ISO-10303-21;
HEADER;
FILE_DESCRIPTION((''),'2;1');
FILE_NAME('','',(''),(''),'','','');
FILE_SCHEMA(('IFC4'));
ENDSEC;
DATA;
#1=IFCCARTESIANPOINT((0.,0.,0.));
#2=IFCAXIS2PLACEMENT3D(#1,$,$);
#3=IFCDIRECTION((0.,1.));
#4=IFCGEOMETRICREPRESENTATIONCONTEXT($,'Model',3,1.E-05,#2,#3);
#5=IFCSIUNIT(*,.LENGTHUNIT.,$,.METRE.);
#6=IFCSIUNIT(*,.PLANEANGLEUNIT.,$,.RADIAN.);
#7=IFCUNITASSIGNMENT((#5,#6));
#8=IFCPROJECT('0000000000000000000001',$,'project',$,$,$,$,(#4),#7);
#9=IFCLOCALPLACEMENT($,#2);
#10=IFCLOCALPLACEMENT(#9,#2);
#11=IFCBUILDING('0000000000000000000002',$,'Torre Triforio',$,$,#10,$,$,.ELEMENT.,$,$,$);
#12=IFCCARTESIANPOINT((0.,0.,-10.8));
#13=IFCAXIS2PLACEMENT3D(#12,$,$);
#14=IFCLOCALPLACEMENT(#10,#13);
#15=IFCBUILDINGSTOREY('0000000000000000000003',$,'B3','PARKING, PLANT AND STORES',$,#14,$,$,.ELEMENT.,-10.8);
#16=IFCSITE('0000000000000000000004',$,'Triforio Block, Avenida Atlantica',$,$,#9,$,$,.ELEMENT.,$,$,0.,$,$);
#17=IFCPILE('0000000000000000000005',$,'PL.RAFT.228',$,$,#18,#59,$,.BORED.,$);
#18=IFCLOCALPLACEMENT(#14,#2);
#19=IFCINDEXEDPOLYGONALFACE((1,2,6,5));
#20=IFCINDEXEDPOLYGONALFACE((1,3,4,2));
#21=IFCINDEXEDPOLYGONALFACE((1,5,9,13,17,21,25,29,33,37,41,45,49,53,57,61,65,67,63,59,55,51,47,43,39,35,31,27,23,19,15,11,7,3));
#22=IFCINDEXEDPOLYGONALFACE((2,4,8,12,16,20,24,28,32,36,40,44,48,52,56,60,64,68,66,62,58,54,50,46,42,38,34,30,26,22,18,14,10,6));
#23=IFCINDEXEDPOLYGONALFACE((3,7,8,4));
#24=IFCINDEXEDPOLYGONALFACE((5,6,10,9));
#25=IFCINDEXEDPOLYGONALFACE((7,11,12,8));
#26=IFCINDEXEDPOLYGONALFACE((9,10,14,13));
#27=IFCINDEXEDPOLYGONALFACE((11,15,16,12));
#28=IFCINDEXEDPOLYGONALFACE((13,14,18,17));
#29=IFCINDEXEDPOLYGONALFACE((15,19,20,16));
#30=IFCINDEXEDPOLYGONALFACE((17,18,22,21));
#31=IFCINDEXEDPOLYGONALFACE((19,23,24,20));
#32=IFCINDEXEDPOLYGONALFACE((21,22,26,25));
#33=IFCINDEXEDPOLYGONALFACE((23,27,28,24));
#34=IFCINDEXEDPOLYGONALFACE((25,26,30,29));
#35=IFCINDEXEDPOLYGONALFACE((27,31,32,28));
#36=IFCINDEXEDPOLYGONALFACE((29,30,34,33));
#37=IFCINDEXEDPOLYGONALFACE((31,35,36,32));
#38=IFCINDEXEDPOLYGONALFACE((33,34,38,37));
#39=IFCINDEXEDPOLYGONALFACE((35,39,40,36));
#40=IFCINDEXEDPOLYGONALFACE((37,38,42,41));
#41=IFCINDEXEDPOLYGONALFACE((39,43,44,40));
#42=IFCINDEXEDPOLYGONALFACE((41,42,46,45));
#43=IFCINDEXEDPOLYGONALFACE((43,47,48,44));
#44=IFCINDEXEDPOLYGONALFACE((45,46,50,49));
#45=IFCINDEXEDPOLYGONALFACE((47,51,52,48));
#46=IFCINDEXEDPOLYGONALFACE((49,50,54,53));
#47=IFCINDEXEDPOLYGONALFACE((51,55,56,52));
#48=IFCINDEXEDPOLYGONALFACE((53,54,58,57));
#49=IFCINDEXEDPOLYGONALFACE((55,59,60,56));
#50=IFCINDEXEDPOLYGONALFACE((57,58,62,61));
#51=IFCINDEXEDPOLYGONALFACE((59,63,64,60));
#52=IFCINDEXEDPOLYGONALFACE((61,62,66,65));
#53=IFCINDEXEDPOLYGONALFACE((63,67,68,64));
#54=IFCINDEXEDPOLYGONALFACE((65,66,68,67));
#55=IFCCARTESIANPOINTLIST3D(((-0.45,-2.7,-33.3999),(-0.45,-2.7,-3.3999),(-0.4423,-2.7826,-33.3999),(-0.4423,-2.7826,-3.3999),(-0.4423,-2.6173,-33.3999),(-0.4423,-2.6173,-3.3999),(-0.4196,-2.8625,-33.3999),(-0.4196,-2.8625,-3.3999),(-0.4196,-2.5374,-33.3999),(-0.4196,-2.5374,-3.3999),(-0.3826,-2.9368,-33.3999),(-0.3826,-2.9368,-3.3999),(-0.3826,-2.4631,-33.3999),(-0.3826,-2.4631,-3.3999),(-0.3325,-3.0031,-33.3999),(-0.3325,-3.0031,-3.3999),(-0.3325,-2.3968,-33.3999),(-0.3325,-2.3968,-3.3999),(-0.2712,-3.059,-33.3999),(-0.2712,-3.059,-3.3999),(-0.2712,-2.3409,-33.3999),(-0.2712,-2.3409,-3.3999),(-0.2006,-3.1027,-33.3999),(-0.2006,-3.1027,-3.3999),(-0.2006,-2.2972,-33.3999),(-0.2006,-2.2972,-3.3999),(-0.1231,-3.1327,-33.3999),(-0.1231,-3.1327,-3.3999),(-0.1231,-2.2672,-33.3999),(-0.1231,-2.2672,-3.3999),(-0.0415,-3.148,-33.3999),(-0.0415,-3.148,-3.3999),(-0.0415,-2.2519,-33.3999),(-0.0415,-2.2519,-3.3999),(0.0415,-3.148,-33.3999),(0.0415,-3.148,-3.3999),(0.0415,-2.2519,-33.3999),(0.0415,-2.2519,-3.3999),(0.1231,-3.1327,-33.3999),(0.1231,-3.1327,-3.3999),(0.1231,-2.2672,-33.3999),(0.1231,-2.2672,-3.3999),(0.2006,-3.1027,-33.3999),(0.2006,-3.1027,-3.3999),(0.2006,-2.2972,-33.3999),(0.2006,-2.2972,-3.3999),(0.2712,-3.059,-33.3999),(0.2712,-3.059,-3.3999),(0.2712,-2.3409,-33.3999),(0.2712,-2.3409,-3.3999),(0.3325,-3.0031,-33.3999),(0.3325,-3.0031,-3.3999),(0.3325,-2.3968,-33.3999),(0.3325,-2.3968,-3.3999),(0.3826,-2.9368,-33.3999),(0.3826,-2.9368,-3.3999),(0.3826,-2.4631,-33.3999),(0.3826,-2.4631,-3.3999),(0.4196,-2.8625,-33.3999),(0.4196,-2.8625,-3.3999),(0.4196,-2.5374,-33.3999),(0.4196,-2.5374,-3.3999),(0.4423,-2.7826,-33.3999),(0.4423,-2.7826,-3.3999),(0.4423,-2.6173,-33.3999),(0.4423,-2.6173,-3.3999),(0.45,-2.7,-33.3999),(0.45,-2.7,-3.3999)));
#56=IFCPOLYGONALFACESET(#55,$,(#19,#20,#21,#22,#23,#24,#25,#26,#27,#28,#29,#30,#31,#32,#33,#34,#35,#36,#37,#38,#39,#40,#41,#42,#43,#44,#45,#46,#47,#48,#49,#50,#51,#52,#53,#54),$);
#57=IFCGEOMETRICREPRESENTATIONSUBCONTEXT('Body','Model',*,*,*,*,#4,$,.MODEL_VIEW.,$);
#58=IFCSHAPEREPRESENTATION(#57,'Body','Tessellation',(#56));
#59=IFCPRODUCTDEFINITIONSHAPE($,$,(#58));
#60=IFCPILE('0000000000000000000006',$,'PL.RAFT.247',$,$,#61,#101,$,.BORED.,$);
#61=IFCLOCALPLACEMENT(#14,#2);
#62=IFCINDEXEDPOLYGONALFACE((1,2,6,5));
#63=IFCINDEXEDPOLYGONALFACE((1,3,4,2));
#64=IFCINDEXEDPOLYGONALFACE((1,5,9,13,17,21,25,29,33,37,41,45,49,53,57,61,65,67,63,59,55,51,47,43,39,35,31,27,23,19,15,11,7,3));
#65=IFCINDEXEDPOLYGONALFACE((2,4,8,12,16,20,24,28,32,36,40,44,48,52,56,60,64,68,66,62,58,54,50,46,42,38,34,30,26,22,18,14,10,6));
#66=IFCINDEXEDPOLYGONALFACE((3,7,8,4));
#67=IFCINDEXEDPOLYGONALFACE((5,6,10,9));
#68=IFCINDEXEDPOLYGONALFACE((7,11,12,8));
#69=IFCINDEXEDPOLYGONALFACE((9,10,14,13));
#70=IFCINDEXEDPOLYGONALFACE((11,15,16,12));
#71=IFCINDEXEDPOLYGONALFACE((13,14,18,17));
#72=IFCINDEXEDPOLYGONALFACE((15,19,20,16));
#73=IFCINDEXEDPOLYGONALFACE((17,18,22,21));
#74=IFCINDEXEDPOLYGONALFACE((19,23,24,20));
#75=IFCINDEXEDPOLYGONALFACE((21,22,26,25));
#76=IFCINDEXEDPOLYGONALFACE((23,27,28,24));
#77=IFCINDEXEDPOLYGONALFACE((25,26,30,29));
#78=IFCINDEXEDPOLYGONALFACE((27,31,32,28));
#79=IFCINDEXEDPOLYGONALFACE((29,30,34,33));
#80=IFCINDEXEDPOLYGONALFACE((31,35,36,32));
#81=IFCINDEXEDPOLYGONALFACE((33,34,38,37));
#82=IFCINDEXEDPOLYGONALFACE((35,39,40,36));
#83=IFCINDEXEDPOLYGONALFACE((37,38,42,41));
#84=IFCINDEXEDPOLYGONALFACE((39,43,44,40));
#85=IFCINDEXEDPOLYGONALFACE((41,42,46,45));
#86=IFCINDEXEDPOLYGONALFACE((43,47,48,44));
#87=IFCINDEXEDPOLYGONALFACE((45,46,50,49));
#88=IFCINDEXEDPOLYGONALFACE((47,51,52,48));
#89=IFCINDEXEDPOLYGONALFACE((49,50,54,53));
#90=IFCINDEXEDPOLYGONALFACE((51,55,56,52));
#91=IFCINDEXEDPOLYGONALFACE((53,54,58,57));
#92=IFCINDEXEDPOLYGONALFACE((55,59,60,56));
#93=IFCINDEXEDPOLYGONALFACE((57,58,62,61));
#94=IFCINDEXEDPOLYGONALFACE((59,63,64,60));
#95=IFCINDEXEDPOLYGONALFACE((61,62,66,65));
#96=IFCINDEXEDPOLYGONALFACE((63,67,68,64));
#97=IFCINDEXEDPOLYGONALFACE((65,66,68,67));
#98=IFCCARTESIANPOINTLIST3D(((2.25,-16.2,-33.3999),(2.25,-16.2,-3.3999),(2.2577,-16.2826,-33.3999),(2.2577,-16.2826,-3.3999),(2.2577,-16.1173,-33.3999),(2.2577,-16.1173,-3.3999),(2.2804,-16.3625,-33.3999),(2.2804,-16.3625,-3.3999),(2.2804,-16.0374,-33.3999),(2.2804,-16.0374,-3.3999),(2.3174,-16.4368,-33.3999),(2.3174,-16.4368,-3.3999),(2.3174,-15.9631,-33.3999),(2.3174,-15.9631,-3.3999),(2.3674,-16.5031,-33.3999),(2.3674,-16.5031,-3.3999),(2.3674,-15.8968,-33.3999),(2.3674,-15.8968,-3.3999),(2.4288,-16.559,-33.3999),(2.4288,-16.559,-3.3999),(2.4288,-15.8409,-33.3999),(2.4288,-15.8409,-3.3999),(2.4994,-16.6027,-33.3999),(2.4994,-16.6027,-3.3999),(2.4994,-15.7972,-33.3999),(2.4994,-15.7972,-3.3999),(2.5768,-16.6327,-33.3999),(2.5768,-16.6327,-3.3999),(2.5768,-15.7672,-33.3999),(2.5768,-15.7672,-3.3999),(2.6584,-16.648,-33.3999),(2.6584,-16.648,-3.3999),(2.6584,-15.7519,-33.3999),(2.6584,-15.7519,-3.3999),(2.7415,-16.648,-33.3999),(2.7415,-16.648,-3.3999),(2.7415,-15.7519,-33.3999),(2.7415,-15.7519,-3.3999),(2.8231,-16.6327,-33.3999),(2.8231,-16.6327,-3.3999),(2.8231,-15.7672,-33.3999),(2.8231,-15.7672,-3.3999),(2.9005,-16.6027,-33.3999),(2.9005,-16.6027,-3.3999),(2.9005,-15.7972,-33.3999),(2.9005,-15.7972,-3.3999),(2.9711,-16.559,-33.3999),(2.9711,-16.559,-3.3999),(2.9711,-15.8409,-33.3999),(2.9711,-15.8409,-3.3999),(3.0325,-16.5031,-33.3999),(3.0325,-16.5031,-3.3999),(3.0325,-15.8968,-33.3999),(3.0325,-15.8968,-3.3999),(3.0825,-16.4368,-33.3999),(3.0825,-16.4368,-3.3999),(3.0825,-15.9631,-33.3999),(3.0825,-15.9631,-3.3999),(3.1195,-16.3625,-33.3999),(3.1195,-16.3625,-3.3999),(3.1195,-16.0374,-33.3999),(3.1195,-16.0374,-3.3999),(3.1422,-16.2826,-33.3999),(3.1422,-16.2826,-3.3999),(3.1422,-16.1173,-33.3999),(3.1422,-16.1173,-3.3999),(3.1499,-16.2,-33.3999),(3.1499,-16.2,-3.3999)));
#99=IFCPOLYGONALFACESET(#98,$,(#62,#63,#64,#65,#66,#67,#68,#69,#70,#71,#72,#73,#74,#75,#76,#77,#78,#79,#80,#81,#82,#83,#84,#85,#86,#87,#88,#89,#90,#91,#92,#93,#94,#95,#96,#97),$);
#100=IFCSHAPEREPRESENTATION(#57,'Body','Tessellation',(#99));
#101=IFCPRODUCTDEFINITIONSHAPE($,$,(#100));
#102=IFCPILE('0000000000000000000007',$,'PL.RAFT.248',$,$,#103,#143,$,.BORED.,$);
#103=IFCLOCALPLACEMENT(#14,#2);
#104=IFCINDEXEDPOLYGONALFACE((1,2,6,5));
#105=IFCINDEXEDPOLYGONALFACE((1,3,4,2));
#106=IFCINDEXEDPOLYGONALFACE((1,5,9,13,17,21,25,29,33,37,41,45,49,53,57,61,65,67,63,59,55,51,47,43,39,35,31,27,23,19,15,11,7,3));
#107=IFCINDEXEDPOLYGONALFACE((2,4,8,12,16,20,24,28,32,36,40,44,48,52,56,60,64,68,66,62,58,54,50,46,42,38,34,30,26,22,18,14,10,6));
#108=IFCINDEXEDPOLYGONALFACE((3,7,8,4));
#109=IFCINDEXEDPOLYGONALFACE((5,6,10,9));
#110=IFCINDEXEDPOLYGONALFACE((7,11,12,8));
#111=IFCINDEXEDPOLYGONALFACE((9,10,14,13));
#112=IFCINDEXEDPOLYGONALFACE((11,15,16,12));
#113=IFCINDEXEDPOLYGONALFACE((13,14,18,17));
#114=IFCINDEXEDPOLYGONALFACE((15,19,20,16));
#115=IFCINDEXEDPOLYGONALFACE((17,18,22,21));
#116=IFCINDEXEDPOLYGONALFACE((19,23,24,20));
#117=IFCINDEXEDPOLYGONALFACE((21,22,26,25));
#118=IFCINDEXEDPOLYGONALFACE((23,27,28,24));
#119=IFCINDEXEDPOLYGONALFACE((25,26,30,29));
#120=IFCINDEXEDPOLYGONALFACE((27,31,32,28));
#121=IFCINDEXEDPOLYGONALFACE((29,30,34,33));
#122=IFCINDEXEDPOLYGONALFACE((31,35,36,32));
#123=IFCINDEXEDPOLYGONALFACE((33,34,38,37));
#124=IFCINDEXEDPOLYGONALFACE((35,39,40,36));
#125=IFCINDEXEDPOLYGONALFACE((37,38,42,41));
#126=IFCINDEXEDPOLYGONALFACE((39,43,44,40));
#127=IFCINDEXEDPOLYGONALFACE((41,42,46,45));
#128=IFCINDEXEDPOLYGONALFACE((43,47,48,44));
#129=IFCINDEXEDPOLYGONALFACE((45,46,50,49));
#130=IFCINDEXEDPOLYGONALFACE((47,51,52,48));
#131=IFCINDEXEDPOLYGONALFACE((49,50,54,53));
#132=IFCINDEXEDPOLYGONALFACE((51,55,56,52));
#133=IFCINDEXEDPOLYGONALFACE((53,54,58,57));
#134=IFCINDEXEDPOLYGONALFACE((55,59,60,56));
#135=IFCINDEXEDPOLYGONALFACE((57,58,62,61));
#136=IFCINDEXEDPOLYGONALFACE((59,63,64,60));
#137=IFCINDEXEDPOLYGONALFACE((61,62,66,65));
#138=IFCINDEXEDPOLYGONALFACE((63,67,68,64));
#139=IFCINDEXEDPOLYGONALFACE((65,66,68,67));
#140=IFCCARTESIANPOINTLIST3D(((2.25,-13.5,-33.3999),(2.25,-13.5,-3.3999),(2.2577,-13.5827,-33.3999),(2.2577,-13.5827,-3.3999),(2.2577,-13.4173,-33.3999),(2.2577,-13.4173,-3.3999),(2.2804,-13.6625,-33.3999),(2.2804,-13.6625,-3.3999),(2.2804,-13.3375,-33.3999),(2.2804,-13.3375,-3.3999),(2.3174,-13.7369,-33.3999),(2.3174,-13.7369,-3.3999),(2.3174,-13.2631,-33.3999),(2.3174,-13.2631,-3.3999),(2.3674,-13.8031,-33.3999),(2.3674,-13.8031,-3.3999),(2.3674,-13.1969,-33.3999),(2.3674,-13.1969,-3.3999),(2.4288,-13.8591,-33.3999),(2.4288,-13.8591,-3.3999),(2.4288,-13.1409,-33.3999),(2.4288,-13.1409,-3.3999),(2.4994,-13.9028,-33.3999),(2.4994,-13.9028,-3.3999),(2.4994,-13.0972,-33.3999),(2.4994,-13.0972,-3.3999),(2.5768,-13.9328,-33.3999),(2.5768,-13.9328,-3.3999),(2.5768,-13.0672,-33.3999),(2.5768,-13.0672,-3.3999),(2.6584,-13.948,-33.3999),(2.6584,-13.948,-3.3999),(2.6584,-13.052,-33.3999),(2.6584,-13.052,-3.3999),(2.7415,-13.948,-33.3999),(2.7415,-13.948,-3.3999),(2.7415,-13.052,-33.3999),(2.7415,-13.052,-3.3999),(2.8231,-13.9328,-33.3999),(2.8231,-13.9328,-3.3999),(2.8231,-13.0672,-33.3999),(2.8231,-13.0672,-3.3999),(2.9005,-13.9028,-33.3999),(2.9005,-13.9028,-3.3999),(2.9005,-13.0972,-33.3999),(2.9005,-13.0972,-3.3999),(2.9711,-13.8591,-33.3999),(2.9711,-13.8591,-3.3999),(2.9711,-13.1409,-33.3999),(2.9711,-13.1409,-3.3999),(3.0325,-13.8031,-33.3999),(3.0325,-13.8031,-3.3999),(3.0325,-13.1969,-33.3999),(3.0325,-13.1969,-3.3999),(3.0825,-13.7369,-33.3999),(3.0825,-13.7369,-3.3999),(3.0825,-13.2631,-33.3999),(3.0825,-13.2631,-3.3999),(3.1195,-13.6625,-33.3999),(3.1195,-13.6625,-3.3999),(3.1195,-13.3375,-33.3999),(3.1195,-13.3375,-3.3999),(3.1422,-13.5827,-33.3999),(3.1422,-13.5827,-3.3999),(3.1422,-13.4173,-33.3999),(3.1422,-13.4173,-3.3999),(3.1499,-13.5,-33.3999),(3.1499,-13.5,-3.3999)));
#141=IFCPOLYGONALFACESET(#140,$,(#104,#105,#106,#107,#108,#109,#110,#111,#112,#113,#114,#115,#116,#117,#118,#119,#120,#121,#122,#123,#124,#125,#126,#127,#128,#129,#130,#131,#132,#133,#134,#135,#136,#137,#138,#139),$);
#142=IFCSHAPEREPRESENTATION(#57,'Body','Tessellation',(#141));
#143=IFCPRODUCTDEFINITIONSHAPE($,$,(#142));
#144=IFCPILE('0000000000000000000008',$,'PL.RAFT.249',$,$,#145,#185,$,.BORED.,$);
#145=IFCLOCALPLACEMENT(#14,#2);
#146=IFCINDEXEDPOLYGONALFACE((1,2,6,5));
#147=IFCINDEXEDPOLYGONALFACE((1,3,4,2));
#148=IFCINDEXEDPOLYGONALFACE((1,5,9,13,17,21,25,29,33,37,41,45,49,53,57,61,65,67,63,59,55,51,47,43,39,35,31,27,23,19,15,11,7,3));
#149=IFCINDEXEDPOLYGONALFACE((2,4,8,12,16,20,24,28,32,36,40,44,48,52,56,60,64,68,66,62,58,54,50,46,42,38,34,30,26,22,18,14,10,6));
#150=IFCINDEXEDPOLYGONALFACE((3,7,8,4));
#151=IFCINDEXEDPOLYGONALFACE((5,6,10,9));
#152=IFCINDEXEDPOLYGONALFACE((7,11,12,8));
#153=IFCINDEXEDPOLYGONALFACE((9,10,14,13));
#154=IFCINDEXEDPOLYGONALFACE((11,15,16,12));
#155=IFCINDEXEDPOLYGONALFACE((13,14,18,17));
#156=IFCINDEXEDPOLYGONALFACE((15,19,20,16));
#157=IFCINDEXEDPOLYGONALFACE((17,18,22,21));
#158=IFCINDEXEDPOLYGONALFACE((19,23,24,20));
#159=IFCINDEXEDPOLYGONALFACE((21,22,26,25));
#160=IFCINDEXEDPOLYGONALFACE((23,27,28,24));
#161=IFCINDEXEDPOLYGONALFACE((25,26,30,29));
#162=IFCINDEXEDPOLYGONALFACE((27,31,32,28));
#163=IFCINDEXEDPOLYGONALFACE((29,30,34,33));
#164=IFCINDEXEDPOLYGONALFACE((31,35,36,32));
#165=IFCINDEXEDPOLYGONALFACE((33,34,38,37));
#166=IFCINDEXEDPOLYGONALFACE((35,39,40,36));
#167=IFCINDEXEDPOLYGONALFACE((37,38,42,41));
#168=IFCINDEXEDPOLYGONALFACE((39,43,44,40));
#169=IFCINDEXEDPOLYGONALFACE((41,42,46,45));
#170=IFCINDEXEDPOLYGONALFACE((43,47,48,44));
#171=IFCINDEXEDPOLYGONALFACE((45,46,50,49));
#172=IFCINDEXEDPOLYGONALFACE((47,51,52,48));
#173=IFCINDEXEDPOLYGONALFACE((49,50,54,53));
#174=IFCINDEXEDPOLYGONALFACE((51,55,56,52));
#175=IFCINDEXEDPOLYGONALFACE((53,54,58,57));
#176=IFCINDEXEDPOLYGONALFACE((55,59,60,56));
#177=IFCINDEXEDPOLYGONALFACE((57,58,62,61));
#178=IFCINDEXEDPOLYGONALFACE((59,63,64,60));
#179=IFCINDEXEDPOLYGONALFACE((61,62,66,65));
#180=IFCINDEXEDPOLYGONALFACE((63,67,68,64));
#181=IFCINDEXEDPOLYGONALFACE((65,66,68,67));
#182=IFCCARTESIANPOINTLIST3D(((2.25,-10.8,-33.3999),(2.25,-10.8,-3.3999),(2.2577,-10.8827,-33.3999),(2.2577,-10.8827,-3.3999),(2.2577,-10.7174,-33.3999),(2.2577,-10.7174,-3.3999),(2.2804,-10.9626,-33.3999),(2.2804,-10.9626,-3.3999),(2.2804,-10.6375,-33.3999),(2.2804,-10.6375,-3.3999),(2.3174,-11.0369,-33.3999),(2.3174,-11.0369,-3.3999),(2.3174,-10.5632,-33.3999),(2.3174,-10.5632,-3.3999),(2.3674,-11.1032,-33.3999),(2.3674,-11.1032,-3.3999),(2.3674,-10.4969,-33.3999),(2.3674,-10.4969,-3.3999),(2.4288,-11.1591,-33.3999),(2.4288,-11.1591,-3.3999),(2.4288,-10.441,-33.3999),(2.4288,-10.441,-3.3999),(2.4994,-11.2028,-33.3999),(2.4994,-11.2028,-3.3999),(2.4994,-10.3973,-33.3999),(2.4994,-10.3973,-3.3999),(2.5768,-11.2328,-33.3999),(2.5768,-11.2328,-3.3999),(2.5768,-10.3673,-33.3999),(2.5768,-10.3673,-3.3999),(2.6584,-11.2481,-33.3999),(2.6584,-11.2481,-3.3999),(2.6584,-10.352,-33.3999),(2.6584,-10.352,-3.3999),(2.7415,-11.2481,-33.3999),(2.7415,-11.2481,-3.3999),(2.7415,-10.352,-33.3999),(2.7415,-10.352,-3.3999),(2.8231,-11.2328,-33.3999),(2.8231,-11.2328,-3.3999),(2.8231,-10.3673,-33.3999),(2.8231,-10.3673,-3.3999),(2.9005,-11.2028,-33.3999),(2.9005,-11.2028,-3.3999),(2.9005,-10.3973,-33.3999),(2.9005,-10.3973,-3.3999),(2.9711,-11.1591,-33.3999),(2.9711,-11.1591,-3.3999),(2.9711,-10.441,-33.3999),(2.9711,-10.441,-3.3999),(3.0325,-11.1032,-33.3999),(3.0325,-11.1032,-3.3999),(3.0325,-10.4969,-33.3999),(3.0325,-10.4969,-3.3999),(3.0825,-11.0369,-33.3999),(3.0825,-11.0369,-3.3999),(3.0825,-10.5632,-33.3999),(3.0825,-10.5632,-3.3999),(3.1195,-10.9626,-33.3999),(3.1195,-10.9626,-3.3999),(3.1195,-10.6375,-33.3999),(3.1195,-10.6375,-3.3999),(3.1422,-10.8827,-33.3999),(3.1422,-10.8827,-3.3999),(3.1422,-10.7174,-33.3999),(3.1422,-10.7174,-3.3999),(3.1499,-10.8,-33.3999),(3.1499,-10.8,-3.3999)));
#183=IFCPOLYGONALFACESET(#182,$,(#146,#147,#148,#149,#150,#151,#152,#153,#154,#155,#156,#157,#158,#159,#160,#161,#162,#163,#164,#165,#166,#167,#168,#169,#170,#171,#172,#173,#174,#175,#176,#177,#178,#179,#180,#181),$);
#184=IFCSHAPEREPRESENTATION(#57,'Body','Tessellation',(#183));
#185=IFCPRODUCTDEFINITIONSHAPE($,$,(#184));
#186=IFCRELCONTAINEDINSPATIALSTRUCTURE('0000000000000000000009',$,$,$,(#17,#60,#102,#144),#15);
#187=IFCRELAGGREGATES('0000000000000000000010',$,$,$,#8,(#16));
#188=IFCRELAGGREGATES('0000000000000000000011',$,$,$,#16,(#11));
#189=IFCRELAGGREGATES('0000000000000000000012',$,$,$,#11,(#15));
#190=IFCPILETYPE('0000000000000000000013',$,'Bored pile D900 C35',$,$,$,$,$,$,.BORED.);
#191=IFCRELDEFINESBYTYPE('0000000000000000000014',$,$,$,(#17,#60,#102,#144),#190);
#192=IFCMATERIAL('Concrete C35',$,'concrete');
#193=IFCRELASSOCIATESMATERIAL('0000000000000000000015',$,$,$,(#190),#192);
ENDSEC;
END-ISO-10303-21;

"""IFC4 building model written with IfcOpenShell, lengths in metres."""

from ifc_helpers import new_model, si_unit, direction, frame, origin, origin_2d, place, context, subcontext, project, spatial, circle, extrude, material, material_profile, profile_set, type_object, element, save


model = new_model("IFC4")

# Units and contexts
model_context = context("Model", 3, precision=1e-05, world=origin(), true_north=direction((0.0, 1.0)))
body_context = subcontext(model_context, "Body", "Model", "MODEL_VIEW")
ifc_project = project(units=[si_unit("LENGTHUNIT", "METRE"), si_unit("PLANEANGLEUNIT", "RADIAN")], contexts=[model_context])

# Site, building, storey
site_placement = place(None, origin())
site = spatial("IfcSite", under=ifc_project, at=site_placement, Name="Triforio Block, Avenida Atlantica", CompositionType="ELEMENT", RefElevation=0.0)
building_placement = place(site_placement, origin())
building = spatial("IfcBuilding", under=site, at=building_placement, Name="Torre Triforio", CompositionType="ELEMENT")
storey_placement = place(building_placement, frame((0.0, 0.0, -10.8)))
storey = spatial("IfcBuildingStorey", under=building, at=storey_placement, Name="B3", Description="PARKING, PLANT AND STORES", CompositionType="ELEMENT", Elevation=-10.8)

# Piles
ifc_material_1 = material(Name="Concrete C35", Category="concrete")
ifc_material_profile = material_profile(ifc_material_1, circle(Radius=0.45, at=origin_2d()), Name="RC D900")
ifc_profile_set = profile_set([ifc_material_profile], Name="Concrete C35")
pile_type = type_object("IfcPileType", Name="Bored pile D900 C35", PredefinedType="BORED", material=ifc_profile_set)
for number, where, z_axis, x_axis, name in (
    (1, (0.0, -2.7, -3.3999), (0.0, 0.0, -1.0), (1.0, 0.0, 0.0), "PL.RAFT.228"),
    (2, (2.7, -16.2, -3.3999), (0.0, 0.0, -1.0), (1.0, 0.0, 0.0), "PL.RAFT.247"),
    (3, (2.7, -13.5, -3.3999), (0.0, 0.0, -1.0), (1.0, 0.0, 0.0), "PL.RAFT.248"),
    (4, (2.7, -10.8, -3.3999), (0.0, 0.0, -1.0), (1.0, 0.0, 0.0), "PL.RAFT.249"),
):
    element("IfcPile", number, at=place(storey_placement, frame(where, z_axis=z_axis, x_axis=x_axis)), inside=storey, type_object=pile_type, Name=name, PredefinedType="BORED", context=body_context, shape_type="SweptSolid", body=[
        extrude(circle(Radius=0.45, at=origin_2d()), origin(), (0.0, 0.0, 1.0), 30.0),
    ])

save(model, "model.ifc")
